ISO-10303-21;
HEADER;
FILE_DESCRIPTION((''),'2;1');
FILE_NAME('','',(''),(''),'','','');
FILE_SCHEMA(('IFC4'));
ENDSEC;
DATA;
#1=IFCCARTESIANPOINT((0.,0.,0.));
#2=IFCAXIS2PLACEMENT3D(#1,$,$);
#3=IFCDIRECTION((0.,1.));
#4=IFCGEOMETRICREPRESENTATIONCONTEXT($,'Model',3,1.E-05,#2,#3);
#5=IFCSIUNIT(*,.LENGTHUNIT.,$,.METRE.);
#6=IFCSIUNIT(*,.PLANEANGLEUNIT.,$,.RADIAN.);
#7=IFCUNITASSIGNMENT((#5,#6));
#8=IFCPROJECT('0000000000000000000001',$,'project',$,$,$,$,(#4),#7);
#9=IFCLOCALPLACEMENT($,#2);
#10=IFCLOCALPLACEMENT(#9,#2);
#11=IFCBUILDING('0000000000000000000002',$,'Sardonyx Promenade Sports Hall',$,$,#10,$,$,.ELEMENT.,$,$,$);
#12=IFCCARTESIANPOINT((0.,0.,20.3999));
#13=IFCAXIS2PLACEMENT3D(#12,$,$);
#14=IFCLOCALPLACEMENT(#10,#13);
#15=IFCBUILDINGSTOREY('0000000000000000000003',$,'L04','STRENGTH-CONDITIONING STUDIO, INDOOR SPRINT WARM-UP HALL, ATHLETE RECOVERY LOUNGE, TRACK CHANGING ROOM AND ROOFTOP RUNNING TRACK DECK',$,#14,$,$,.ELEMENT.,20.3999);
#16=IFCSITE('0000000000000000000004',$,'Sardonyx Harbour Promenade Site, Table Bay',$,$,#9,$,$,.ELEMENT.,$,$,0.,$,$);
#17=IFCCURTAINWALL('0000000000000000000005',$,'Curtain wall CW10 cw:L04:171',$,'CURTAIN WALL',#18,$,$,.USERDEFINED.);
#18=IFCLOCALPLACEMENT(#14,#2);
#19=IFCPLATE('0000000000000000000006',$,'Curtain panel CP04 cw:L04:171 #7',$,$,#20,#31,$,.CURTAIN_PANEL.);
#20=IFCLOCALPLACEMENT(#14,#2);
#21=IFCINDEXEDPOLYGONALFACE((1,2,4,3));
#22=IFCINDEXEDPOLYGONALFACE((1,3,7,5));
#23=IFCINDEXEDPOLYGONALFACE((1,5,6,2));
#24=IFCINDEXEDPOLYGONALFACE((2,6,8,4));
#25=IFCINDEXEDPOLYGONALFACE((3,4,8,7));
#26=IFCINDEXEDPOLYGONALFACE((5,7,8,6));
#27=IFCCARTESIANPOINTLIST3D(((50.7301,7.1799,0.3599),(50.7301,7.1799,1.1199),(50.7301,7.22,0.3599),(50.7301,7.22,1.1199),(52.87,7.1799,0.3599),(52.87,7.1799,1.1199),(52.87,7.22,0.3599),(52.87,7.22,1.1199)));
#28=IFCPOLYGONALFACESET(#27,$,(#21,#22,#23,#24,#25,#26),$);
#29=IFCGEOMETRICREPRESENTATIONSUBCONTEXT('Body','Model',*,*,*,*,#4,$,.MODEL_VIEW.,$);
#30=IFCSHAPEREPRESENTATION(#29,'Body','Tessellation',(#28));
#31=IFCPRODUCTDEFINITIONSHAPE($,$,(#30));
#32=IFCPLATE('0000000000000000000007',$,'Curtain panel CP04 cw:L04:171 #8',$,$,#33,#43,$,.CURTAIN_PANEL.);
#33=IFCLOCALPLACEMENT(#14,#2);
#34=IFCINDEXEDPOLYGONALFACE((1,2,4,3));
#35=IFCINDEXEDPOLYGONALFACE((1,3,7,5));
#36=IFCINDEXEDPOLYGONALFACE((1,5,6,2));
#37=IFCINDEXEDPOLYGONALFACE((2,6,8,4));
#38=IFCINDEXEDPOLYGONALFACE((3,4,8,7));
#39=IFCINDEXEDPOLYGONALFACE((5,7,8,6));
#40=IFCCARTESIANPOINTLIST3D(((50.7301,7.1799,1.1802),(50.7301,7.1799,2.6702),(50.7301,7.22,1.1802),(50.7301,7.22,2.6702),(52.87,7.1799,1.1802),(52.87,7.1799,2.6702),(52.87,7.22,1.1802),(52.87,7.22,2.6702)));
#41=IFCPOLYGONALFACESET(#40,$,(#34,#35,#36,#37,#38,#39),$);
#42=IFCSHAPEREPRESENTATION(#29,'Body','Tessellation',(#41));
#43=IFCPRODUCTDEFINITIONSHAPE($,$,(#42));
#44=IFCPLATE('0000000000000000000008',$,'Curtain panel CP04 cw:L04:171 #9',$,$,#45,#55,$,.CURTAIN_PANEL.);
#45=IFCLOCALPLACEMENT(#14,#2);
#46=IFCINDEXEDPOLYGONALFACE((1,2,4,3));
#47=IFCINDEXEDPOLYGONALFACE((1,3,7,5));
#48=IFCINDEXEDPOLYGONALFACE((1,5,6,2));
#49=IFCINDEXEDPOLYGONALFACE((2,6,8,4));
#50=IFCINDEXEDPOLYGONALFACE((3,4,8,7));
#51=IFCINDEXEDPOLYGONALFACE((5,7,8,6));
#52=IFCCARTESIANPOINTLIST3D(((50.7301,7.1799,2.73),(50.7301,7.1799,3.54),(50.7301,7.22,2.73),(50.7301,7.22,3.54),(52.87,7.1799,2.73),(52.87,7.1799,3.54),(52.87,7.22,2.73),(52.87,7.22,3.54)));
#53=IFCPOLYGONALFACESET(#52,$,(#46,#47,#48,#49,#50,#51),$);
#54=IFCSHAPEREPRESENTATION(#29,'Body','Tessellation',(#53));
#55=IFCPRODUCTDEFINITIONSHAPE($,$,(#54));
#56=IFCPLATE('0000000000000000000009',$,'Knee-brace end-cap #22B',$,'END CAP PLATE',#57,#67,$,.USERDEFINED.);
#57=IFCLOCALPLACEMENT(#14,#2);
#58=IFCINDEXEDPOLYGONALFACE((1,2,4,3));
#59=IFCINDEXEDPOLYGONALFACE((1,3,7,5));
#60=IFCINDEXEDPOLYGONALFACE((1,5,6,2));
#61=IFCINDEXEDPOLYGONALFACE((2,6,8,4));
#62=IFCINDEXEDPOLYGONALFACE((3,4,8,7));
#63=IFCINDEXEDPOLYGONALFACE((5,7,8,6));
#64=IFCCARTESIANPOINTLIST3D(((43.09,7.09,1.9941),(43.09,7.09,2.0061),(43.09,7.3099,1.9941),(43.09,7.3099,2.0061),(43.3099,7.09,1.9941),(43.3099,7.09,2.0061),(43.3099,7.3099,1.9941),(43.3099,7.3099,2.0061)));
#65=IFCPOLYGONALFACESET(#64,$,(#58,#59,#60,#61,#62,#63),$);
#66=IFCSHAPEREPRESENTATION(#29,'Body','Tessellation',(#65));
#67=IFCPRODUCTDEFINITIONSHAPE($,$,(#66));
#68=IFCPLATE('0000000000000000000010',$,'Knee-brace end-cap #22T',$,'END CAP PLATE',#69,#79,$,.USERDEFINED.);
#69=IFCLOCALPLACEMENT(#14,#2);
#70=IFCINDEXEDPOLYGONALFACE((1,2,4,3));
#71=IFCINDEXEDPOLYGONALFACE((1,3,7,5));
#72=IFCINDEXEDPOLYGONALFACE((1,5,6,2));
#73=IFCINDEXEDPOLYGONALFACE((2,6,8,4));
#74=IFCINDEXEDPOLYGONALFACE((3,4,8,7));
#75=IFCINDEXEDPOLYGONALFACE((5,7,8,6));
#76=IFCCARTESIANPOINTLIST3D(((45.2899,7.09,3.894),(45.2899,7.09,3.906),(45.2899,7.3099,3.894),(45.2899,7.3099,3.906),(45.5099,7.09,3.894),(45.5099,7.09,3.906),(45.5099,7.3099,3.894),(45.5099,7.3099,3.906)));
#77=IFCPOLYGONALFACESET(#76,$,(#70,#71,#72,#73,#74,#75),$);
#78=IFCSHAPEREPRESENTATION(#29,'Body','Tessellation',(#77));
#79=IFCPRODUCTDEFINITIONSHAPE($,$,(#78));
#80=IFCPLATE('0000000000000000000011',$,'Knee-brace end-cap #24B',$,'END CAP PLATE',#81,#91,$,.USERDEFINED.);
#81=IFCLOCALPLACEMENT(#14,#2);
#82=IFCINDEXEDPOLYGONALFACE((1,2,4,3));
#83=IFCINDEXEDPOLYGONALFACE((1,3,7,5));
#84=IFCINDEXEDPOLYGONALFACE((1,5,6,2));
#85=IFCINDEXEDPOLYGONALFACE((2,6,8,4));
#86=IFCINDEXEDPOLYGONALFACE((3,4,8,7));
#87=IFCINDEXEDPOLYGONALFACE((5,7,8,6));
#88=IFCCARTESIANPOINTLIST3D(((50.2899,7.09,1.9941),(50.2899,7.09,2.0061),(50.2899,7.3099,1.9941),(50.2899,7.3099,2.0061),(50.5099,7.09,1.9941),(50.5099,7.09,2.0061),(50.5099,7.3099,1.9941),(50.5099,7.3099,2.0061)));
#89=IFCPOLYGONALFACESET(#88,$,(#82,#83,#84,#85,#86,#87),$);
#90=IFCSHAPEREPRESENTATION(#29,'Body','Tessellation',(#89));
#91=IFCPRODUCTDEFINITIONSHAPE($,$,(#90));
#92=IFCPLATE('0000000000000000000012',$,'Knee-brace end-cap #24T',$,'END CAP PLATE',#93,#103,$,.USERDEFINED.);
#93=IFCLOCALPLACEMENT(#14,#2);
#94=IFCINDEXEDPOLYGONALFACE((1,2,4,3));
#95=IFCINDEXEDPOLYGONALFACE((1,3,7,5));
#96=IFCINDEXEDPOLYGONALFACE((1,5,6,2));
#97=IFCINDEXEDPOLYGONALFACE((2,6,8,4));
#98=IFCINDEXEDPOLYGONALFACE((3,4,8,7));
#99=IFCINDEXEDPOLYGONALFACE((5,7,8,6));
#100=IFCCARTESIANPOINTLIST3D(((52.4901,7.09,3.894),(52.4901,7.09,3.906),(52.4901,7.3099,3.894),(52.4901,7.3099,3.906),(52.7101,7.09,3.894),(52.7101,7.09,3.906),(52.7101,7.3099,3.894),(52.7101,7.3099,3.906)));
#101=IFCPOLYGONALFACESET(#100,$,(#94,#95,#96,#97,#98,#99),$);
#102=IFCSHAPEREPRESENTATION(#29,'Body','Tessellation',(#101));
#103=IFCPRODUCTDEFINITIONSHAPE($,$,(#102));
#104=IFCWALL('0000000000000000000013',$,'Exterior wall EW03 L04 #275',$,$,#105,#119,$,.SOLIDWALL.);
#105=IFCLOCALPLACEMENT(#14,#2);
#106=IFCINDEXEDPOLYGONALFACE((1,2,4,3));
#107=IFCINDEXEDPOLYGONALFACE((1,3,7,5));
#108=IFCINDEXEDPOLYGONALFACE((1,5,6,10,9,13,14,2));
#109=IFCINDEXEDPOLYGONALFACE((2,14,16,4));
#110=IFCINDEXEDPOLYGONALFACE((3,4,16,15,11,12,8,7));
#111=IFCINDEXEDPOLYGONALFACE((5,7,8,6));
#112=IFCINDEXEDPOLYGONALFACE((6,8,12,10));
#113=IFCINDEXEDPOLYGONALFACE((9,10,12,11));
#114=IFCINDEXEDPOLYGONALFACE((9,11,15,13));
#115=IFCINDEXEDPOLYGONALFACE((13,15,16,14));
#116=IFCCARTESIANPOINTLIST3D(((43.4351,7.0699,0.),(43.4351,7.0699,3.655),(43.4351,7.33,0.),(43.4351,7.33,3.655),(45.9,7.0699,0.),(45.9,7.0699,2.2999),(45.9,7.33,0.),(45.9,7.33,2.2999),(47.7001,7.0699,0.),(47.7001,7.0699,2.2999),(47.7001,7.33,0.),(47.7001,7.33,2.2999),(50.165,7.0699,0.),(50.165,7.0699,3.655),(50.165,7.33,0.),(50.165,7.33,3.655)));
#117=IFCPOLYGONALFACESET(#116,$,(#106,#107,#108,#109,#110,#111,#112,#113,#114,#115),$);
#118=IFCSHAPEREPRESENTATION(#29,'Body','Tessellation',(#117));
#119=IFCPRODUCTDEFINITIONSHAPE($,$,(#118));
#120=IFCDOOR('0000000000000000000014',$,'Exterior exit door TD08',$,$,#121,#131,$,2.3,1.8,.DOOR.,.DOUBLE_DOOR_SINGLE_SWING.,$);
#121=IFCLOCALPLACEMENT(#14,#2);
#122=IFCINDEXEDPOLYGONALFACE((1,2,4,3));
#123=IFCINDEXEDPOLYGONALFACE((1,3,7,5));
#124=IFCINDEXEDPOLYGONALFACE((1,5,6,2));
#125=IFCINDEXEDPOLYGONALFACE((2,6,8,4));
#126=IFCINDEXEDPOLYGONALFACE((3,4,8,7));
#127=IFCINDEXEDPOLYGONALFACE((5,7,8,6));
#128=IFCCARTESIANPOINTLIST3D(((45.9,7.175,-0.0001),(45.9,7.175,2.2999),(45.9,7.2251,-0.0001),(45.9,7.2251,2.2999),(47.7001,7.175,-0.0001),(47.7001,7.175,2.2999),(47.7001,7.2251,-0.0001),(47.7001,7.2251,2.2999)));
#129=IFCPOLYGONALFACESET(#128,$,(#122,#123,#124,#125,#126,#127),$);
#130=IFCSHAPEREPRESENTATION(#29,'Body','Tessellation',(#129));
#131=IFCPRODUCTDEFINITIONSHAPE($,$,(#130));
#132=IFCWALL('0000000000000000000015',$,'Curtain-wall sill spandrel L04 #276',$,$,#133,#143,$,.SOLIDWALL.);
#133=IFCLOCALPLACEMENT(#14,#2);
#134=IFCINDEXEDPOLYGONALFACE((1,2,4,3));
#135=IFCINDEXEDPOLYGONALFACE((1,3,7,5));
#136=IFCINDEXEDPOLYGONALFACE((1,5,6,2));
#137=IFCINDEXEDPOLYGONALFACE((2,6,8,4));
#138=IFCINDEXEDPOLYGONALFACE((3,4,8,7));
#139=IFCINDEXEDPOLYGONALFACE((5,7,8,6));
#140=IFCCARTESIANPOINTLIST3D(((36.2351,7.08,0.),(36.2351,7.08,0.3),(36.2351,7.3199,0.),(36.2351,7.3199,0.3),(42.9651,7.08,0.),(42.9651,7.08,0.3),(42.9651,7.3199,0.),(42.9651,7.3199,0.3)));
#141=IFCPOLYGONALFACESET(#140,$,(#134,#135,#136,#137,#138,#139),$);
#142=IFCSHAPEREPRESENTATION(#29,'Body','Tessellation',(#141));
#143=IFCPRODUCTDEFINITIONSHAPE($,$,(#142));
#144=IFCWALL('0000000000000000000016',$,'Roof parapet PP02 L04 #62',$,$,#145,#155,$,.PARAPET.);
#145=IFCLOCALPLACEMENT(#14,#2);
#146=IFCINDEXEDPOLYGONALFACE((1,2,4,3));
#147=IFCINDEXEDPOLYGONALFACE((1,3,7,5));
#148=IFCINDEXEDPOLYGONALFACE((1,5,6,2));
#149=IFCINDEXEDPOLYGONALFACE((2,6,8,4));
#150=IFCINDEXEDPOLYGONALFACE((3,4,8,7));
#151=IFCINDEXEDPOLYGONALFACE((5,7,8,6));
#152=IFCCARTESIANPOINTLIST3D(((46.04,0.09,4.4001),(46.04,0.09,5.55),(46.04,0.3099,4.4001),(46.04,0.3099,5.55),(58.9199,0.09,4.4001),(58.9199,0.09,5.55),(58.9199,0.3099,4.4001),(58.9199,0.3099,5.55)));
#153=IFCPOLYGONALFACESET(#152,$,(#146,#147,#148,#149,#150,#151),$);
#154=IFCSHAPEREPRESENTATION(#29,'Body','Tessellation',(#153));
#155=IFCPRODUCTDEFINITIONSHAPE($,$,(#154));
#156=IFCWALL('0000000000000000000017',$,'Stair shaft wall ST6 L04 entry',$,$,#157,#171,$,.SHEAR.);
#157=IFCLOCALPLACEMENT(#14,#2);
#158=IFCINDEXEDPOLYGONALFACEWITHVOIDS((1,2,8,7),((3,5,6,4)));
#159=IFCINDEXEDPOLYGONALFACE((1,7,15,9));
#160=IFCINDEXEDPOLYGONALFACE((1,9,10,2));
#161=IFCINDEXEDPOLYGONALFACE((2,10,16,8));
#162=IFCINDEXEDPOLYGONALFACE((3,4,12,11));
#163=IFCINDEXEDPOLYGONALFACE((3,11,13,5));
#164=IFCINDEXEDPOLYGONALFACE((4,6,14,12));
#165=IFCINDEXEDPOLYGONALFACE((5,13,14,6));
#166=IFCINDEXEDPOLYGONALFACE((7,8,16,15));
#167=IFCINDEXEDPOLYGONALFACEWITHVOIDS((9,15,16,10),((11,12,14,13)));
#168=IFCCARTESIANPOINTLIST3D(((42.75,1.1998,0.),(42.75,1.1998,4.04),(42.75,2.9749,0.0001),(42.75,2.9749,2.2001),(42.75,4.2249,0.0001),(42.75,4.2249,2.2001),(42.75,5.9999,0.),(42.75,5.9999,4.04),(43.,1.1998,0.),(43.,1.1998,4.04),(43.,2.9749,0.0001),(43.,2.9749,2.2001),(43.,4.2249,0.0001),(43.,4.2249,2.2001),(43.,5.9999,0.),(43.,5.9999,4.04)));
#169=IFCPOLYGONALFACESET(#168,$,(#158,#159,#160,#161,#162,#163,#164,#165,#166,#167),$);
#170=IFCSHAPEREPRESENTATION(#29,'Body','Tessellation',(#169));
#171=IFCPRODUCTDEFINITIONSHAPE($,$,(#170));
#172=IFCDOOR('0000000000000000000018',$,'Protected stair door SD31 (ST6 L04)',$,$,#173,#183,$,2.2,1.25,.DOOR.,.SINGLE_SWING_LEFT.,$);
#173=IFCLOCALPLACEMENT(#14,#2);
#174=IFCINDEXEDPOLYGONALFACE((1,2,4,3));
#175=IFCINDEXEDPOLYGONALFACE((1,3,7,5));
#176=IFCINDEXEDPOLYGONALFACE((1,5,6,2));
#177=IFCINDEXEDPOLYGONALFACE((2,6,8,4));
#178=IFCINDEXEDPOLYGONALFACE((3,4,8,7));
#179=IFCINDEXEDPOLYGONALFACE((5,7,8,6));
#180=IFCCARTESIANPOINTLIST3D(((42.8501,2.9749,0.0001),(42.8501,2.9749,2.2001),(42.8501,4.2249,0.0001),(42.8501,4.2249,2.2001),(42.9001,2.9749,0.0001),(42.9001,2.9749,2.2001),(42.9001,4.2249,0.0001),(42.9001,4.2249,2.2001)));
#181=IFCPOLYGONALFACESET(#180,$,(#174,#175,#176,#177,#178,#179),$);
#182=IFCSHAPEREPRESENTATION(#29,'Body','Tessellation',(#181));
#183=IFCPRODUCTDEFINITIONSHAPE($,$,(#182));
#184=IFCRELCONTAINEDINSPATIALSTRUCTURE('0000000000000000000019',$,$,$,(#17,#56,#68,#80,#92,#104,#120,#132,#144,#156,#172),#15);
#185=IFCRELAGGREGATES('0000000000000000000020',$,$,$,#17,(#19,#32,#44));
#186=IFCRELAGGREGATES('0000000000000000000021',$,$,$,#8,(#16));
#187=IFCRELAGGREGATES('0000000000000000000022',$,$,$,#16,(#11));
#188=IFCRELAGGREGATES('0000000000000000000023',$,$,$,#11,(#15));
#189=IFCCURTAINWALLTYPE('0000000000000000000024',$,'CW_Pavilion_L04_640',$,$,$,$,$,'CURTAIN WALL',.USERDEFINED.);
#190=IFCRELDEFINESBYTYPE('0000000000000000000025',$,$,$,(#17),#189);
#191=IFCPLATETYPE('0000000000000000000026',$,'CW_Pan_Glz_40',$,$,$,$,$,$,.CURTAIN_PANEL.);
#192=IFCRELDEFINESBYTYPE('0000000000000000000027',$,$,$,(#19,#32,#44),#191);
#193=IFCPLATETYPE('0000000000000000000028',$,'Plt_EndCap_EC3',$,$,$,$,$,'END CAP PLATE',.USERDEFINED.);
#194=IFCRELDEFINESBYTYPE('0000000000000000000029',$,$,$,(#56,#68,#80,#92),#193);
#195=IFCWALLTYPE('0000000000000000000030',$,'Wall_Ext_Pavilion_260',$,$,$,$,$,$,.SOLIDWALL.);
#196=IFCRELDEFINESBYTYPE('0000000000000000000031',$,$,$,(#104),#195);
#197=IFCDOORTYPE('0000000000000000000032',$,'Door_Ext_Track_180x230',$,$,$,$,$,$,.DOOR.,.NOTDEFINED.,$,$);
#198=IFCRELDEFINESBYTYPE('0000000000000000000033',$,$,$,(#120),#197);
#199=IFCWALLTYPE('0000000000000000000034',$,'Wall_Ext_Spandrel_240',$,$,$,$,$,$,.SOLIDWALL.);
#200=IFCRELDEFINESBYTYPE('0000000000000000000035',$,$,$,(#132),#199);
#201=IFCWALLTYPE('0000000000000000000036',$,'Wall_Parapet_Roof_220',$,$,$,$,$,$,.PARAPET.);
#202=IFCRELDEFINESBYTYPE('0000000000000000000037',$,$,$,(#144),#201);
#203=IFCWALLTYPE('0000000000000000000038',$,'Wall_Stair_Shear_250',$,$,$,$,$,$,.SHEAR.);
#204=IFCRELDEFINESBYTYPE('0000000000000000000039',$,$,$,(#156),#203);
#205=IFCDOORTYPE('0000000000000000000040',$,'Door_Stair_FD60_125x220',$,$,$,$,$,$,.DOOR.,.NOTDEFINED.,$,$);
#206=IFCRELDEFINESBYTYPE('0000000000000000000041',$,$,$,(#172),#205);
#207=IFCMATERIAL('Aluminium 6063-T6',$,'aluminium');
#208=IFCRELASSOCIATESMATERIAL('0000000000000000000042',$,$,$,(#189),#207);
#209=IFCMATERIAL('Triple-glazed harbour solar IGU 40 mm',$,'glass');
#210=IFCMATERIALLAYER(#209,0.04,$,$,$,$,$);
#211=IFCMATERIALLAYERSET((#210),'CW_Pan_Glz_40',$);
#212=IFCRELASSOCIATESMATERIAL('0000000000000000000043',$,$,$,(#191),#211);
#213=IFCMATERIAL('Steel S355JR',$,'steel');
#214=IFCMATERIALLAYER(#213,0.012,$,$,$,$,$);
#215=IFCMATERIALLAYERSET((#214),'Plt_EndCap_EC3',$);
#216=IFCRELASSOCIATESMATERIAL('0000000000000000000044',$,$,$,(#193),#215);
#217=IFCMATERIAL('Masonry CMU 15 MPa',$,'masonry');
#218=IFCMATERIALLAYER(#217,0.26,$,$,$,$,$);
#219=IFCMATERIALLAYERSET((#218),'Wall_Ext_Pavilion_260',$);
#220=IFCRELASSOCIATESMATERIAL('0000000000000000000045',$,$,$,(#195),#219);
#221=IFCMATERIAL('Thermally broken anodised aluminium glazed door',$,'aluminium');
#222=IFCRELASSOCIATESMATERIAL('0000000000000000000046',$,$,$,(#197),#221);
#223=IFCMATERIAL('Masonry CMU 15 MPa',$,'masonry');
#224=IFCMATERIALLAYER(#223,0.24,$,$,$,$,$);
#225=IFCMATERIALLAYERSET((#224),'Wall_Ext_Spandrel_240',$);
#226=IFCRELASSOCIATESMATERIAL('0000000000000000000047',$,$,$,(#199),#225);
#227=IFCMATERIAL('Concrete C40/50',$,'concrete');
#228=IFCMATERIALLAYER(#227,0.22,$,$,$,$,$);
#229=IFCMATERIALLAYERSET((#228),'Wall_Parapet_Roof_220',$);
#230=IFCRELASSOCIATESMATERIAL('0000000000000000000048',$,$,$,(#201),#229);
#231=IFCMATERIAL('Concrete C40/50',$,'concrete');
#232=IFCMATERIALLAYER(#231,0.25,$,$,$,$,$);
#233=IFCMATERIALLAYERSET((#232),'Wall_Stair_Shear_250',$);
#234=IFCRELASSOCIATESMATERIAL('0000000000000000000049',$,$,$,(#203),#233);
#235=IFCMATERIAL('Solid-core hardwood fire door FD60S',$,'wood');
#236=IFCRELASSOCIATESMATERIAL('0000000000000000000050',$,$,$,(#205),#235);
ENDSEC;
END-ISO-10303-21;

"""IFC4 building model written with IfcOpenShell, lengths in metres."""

from ifc_helpers import new_model, si_unit, direction, frame, frame_2d, origin, origin_2d, place, context, subcontext, project, spatial, rectangle, extrude, material, layer, layer_set, type_object, element, fill, aggregate, save


model = new_model("IFC4")

# Units and contexts
model_context = context("Model", 3, precision=1e-05, world=origin(), true_north=direction((0.0, 1.0)))
body_context = subcontext(model_context, "Body", "Model", "MODEL_VIEW")
ifc_project = project(units=[si_unit("LENGTHUNIT", "METRE"), si_unit("PLANEANGLEUNIT", "RADIAN")], contexts=[model_context])

# Site, building, storey
site_placement = place(None, origin())
site = spatial("IfcSite", under=ifc_project, at=site_placement, Name="Sardonyx Harbour Promenade Site, Table Bay", CompositionType="ELEMENT", RefElevation=0.0)
building_placement = place(site_placement, origin())
building = spatial("IfcBuilding", under=site, at=building_placement, Name="Sardonyx Promenade Sports Hall", CompositionType="ELEMENT")
storey_placement = place(building_placement, frame((0.0, 0.0, 20.3999)))
storey = spatial("IfcBuildingStorey", under=building, at=storey_placement, Name="L04", Description="STRENGTH-CONDITIONING STUDIO, INDOOR SPRINT WARM-UP HALL, ATHLETE RECOVERY LOUNGE, TRACK CHANGING ROOM AND ROOFTOP RUNNING TRACK DECK", CompositionType="ELEMENT", Elevation=20.3999)

# Curtain wall
ifc_material_1 = material(Name="Aluminium 6063-T6", Category="aluminium")
curtain_wall_type = type_object("IfcCurtainWallType", Name="CW_Pavilion_L04_640", ElementType="CURTAIN WALL", PredefinedType="USERDEFINED", material=ifc_material_1)
curtain_wall_1_placement = place(storey_placement, origin())
curtain_wall_1 = element("IfcCurtainWall", 1, at=curtain_wall_1_placement, inside=storey, type_object=curtain_wall_type, Name="Curtain wall CW10 cw:L04:171", ObjectType="CURTAIN WALL", PredefinedType="USERDEFINED")

# Plates
ifc_material_2 = material(Name="Triple-glazed harbour solar IGU 40 mm", Category="glass")
ifc_layer_1 = layer(ifc_material_2, 0.04)
ifc_layer_set_1 = layer_set([ifc_layer_1], Name="CW_Pan_Glz_40")
plate_type_1 = type_object("IfcPlateType", Name="CW_Pan_Glz_40", PredefinedType="CURTAIN_PANEL", material=ifc_layer_set_1)
plate_1_placement = place(storey_placement, frame((51.8, 7.2, 0.3599), z_axis=(0.0, 0.0, 1.0), x_axis=(-1.0, 0.0, 0.0)))
plate_1 = element("IfcPlate", 2, at=plate_1_placement, type_object=plate_type_1, Name="Curtain panel CP04 cw:L04:171 #7", PredefinedType="CURTAIN_PANEL", context=body_context, shape_type="SweptSolid", body=[
    extrude(rectangle(XDim=2.1399, YDim=0.04, at=origin_2d()), origin(), (0.0, 0.0, 1.0), 0.76),
])
plate_2_placement = place(storey_placement, frame((51.8, 7.2, 1.1802), z_axis=(0.0, 0.0, 1.0), x_axis=(-1.0, 0.0, 0.0)))
plate_2 = element("IfcPlate", 3, at=plate_2_placement, type_object=plate_type_1, Name="Curtain panel CP04 cw:L04:171 #8", PredefinedType="CURTAIN_PANEL", context=body_context, shape_type="SweptSolid", body=[
    extrude(rectangle(XDim=2.1399, YDim=0.04, at=origin_2d()), origin(), (0.0, 0.0, 1.0), 1.49),
])
plate_3_placement = place(storey_placement, frame((51.8, 7.2, 2.73), z_axis=(0.0, 0.0, 1.0), x_axis=(-1.0, 0.0, 0.0)))
plate_3 = element("IfcPlate", 4, at=plate_3_placement, type_object=plate_type_1, Name="Curtain panel CP04 cw:L04:171 #9", PredefinedType="CURTAIN_PANEL", context=body_context, shape_type="SweptSolid", body=[
    extrude(rectangle(XDim=2.1399, YDim=0.04, at=origin_2d()), origin(), (0.0, 0.0, 1.0), 0.8101),
])
aggregate(curtain_wall_1, [plate_1, plate_2, plate_3])

# Plates
ifc_material_3 = material(Name="Steel S355JR", Category="steel")
ifc_layer_2 = layer(ifc_material_3, 0.012)
ifc_layer_set_2 = layer_set([ifc_layer_2], Name="Plt_EndCap_EC3")
plate_type_2 = type_object("IfcPlateType", Name="Plt_EndCap_EC3", ElementType="END CAP PLATE", PredefinedType="USERDEFINED", material=ifc_layer_set_2)
for number, where, z_axis, x_axis, name in (
    (5, (43.2, 7.2, 1.9941), (0.0, 0.0, 1.0), (1.0, 0.0, 0.0), "Knee-brace end-cap #22B"),
    (6, (45.3999, 7.2, 3.894), (0.0, 0.0, 1.0), (1.0, 0.0, 0.0), "Knee-brace end-cap #22T"),
    (7, (50.3999, 7.2, 1.9941), (0.0, 0.0, 1.0), (1.0, 0.0, 0.0), "Knee-brace end-cap #24B"),
    (8, (52.6001, 7.2, 3.894), (0.0, 0.0, 1.0), (1.0, 0.0, 0.0), "Knee-brace end-cap #24T"),
):
    element("IfcPlate", number, at=place(storey_placement, frame(where, z_axis=z_axis, x_axis=x_axis)), inside=storey, type_object=plate_type_2, Name=name, ObjectType="END CAP PLATE", PredefinedType="USERDEFINED", context=body_context, shape_type="SweptSolid", body=[
        extrude(rectangle(XDim=0.22, YDim=0.22, at=origin_2d()), origin(), (0.0, 0.0, 1.0), 0.012),
    ])

# Wall, opening, door
ifc_material_4 = material(Name="Masonry CMU 15 MPa", Category="masonry")
ifc_layer_3 = layer(ifc_material_4, 0.26)
ifc_layer_set_3 = layer_set([ifc_layer_3], Name="Wall_Ext_Pavilion_260")
wall_type_1 = type_object("IfcWallType", Name="Wall_Ext_Pavilion_260", PredefinedType="SOLIDWALL", material=ifc_layer_set_3)
wall_1_placement = place(storey_placement, frame((50.165, 7.2, 0.0), z_axis=(0.0, 0.0, 1.0), x_axis=(-1.0, 0.0, 0.0)))
wall_1 = element("IfcWall", 9, at=wall_1_placement, inside=storey, type_object=wall_type_1, Name="Exterior wall EW03 L04 #275", PredefinedType="SOLIDWALL", context=body_context, shape_type="SweptSolid", body=[
    extrude(rectangle(XDim=6.73, YDim=0.26, at=frame_2d((3.365, 0.0))), origin(), (0.0, 0.0, 1.0), 3.655),
])
opening_1_placement = place(wall_1_placement, frame((2.4651, 0.0, 0.0)))
opening_1 = element("IfcOpeningElement", 10, at=opening_1_placement, cuts=wall_1, PredefinedType="OPENING", context=body_context, shape_type="SweptSolid", body=[
    extrude(rectangle(XDim=1.8, YDim=2.3, at=frame_2d((0.8999, 1.1499))), frame((0.0, 0.14, 0.0), z_axis=(0.0, -1.0, 0.0), x_axis=(1.0, 0.0, 0.0)), (0.0, 0.0, 1.0), 0.28),
])
ifc_material_5 = material(Name="Thermally broken anodised aluminium glazed door", Category="aluminium")
door_type_1 = type_object("IfcDoorType", Name="Door_Ext_Track_180x230", OperationType="NOTDEFINED", PredefinedType="DOOR", material=ifc_material_5)
door_1_placement = place(opening_1_placement, origin())
door_1 = element("IfcDoor", 11, at=door_1_placement, inside=storey, type_object=door_type_1, Name="Exterior exit door TD08", OperationType="DOUBLE_DOOR_SINGLE_SWING", OverallHeight=2.3, OverallWidth=1.8, PredefinedType="DOOR", context=body_context, shape_type="SweptSolid", body=[
    extrude(rectangle(XDim=1.8, YDim=2.3, at=frame_2d((0.8999, 1.1499))), frame((0.0, 0.0249, 0.0), z_axis=(0.0, -1.0, 0.0), x_axis=(1.0, 0.0, 0.0)), (0.0, 0.0, 1.0), 0.05),
])
fill(opening_1, door_1)

# Walls
ifc_material_6 = material(Name="Masonry CMU 15 MPa", Category="masonry")
ifc_layer_4 = layer(ifc_material_6, 0.24)
ifc_layer_set_4 = layer_set([ifc_layer_4], Name="Wall_Ext_Spandrel_240")
wall_type_2 = type_object("IfcWallType", Name="Wall_Ext_Spandrel_240", PredefinedType="SOLIDWALL", material=ifc_layer_set_4)
wall_2_placement = place(storey_placement, frame((42.9651, 7.2, 0.0), z_axis=(0.0, 0.0, 1.0), x_axis=(-1.0, 0.0, 0.0)))
element("IfcWall", 12, at=wall_2_placement, inside=storey, type_object=wall_type_2, Name="Curtain-wall sill spandrel L04 #276", PredefinedType="SOLIDWALL", context=body_context, shape_type="SweptSolid", body=[
    extrude(rectangle(XDim=6.73, YDim=0.24, at=frame_2d((3.365, 0.0))), origin(), (0.0, 0.0, 1.0), 0.3),
])
ifc_material_7 = material(Name="Concrete C40/50", Category="concrete")
ifc_layer_5 = layer(ifc_material_7, 0.22)
ifc_layer_set_5 = layer_set([ifc_layer_5], Name="Wall_Parapet_Roof_220")
wall_type_3 = type_object("IfcWallType", Name="Wall_Parapet_Roof_220", PredefinedType="PARAPET", material=ifc_layer_set_5)
wall_3_placement = place(storey_placement, frame((46.04, 0.2, 4.4001), z_axis=(0.0, 0.0, 1.0), x_axis=(1.0, 0.0, 0.0)))
element("IfcWall", 13, at=wall_3_placement, inside=storey, type_object=wall_type_3, Name="Roof parapet PP02 L04 #62", PredefinedType="PARAPET", context=body_context, shape_type="SweptSolid", body=[
    extrude(rectangle(XDim=12.8799, YDim=0.22, at=frame_2d((6.4399, 0.0))), origin(), (0.0, 0.0, 1.0), 1.1499),
])

# Wall, opening, door
ifc_material_8 = material(Name="Concrete C40/50", Category="concrete")
ifc_layer_6 = layer(ifc_material_8, 0.25)
ifc_layer_set_6 = layer_set([ifc_layer_6], Name="Wall_Stair_Shear_250")
wall_type_4 = type_object("IfcWallType", Name="Wall_Stair_Shear_250", PredefinedType="SHEAR", material=ifc_layer_set_6)
wall_4_placement = place(storey_placement, frame((42.875, 1.2, 0.0), z_axis=(0.0, 0.0, 1.0), x_axis=(0.0, 1.0, 0.0)))
wall_4 = element("IfcWall", 14, at=wall_4_placement, inside=storey, type_object=wall_type_4, Name="Stair shaft wall ST6 L04 entry", PredefinedType="SHEAR", context=body_context, shape_type="SweptSolid", body=[
    extrude(rectangle(XDim=4.8, YDim=0.25, at=frame_2d((2.3999, 0.0))), origin(), (0.0, 0.0, 1.0), 4.04),
])
opening_2_placement = place(wall_4_placement, frame((1.7749, 0.0, 0.0)))
opening_2 = element("IfcOpeningElement", 15, at=opening_2_placement, cuts=wall_4, PredefinedType="OPENING", context=body_context, shape_type="SweptSolid", body=[
    extrude(rectangle(XDim=1.25, YDim=2.2, at=frame_2d((0.625, 1.1001))), frame((0.0, 0.135, 0.0), z_axis=(0.0, -1.0, 0.0), x_axis=(1.0, 0.0, 0.0)), (0.0, 0.0, 1.0), 0.27),
])
ifc_material_9 = material(Name="Solid-core hardwood fire door FD60S", Category="wood")
door_type_2 = type_object("IfcDoorType", Name="Door_Stair_FD60_125x220", OperationType="NOTDEFINED", PredefinedType="DOOR", material=ifc_material_9)
door_2_placement = place(opening_2_placement, origin())
door_2 = element("IfcDoor", 16, at=door_2_placement, inside=storey, type_object=door_type_2, Name="Protected stair door SD31 (ST6 L04)", OperationType="SINGLE_SWING_LEFT", OverallHeight=2.2, OverallWidth=1.25, PredefinedType="DOOR", context=body_context, shape_type="SweptSolid", body=[
    extrude(rectangle(XDim=1.25, YDim=2.2, at=frame_2d((0.625, 1.1001))), frame((0.0, 0.0249, 0.0), z_axis=(0.0, -1.0, 0.0), x_axis=(1.0, 0.0, 0.0)), (0.0, 0.0, 1.0), 0.05),
])
fill(opening_2, door_2)

save(model, "model.ifc")
